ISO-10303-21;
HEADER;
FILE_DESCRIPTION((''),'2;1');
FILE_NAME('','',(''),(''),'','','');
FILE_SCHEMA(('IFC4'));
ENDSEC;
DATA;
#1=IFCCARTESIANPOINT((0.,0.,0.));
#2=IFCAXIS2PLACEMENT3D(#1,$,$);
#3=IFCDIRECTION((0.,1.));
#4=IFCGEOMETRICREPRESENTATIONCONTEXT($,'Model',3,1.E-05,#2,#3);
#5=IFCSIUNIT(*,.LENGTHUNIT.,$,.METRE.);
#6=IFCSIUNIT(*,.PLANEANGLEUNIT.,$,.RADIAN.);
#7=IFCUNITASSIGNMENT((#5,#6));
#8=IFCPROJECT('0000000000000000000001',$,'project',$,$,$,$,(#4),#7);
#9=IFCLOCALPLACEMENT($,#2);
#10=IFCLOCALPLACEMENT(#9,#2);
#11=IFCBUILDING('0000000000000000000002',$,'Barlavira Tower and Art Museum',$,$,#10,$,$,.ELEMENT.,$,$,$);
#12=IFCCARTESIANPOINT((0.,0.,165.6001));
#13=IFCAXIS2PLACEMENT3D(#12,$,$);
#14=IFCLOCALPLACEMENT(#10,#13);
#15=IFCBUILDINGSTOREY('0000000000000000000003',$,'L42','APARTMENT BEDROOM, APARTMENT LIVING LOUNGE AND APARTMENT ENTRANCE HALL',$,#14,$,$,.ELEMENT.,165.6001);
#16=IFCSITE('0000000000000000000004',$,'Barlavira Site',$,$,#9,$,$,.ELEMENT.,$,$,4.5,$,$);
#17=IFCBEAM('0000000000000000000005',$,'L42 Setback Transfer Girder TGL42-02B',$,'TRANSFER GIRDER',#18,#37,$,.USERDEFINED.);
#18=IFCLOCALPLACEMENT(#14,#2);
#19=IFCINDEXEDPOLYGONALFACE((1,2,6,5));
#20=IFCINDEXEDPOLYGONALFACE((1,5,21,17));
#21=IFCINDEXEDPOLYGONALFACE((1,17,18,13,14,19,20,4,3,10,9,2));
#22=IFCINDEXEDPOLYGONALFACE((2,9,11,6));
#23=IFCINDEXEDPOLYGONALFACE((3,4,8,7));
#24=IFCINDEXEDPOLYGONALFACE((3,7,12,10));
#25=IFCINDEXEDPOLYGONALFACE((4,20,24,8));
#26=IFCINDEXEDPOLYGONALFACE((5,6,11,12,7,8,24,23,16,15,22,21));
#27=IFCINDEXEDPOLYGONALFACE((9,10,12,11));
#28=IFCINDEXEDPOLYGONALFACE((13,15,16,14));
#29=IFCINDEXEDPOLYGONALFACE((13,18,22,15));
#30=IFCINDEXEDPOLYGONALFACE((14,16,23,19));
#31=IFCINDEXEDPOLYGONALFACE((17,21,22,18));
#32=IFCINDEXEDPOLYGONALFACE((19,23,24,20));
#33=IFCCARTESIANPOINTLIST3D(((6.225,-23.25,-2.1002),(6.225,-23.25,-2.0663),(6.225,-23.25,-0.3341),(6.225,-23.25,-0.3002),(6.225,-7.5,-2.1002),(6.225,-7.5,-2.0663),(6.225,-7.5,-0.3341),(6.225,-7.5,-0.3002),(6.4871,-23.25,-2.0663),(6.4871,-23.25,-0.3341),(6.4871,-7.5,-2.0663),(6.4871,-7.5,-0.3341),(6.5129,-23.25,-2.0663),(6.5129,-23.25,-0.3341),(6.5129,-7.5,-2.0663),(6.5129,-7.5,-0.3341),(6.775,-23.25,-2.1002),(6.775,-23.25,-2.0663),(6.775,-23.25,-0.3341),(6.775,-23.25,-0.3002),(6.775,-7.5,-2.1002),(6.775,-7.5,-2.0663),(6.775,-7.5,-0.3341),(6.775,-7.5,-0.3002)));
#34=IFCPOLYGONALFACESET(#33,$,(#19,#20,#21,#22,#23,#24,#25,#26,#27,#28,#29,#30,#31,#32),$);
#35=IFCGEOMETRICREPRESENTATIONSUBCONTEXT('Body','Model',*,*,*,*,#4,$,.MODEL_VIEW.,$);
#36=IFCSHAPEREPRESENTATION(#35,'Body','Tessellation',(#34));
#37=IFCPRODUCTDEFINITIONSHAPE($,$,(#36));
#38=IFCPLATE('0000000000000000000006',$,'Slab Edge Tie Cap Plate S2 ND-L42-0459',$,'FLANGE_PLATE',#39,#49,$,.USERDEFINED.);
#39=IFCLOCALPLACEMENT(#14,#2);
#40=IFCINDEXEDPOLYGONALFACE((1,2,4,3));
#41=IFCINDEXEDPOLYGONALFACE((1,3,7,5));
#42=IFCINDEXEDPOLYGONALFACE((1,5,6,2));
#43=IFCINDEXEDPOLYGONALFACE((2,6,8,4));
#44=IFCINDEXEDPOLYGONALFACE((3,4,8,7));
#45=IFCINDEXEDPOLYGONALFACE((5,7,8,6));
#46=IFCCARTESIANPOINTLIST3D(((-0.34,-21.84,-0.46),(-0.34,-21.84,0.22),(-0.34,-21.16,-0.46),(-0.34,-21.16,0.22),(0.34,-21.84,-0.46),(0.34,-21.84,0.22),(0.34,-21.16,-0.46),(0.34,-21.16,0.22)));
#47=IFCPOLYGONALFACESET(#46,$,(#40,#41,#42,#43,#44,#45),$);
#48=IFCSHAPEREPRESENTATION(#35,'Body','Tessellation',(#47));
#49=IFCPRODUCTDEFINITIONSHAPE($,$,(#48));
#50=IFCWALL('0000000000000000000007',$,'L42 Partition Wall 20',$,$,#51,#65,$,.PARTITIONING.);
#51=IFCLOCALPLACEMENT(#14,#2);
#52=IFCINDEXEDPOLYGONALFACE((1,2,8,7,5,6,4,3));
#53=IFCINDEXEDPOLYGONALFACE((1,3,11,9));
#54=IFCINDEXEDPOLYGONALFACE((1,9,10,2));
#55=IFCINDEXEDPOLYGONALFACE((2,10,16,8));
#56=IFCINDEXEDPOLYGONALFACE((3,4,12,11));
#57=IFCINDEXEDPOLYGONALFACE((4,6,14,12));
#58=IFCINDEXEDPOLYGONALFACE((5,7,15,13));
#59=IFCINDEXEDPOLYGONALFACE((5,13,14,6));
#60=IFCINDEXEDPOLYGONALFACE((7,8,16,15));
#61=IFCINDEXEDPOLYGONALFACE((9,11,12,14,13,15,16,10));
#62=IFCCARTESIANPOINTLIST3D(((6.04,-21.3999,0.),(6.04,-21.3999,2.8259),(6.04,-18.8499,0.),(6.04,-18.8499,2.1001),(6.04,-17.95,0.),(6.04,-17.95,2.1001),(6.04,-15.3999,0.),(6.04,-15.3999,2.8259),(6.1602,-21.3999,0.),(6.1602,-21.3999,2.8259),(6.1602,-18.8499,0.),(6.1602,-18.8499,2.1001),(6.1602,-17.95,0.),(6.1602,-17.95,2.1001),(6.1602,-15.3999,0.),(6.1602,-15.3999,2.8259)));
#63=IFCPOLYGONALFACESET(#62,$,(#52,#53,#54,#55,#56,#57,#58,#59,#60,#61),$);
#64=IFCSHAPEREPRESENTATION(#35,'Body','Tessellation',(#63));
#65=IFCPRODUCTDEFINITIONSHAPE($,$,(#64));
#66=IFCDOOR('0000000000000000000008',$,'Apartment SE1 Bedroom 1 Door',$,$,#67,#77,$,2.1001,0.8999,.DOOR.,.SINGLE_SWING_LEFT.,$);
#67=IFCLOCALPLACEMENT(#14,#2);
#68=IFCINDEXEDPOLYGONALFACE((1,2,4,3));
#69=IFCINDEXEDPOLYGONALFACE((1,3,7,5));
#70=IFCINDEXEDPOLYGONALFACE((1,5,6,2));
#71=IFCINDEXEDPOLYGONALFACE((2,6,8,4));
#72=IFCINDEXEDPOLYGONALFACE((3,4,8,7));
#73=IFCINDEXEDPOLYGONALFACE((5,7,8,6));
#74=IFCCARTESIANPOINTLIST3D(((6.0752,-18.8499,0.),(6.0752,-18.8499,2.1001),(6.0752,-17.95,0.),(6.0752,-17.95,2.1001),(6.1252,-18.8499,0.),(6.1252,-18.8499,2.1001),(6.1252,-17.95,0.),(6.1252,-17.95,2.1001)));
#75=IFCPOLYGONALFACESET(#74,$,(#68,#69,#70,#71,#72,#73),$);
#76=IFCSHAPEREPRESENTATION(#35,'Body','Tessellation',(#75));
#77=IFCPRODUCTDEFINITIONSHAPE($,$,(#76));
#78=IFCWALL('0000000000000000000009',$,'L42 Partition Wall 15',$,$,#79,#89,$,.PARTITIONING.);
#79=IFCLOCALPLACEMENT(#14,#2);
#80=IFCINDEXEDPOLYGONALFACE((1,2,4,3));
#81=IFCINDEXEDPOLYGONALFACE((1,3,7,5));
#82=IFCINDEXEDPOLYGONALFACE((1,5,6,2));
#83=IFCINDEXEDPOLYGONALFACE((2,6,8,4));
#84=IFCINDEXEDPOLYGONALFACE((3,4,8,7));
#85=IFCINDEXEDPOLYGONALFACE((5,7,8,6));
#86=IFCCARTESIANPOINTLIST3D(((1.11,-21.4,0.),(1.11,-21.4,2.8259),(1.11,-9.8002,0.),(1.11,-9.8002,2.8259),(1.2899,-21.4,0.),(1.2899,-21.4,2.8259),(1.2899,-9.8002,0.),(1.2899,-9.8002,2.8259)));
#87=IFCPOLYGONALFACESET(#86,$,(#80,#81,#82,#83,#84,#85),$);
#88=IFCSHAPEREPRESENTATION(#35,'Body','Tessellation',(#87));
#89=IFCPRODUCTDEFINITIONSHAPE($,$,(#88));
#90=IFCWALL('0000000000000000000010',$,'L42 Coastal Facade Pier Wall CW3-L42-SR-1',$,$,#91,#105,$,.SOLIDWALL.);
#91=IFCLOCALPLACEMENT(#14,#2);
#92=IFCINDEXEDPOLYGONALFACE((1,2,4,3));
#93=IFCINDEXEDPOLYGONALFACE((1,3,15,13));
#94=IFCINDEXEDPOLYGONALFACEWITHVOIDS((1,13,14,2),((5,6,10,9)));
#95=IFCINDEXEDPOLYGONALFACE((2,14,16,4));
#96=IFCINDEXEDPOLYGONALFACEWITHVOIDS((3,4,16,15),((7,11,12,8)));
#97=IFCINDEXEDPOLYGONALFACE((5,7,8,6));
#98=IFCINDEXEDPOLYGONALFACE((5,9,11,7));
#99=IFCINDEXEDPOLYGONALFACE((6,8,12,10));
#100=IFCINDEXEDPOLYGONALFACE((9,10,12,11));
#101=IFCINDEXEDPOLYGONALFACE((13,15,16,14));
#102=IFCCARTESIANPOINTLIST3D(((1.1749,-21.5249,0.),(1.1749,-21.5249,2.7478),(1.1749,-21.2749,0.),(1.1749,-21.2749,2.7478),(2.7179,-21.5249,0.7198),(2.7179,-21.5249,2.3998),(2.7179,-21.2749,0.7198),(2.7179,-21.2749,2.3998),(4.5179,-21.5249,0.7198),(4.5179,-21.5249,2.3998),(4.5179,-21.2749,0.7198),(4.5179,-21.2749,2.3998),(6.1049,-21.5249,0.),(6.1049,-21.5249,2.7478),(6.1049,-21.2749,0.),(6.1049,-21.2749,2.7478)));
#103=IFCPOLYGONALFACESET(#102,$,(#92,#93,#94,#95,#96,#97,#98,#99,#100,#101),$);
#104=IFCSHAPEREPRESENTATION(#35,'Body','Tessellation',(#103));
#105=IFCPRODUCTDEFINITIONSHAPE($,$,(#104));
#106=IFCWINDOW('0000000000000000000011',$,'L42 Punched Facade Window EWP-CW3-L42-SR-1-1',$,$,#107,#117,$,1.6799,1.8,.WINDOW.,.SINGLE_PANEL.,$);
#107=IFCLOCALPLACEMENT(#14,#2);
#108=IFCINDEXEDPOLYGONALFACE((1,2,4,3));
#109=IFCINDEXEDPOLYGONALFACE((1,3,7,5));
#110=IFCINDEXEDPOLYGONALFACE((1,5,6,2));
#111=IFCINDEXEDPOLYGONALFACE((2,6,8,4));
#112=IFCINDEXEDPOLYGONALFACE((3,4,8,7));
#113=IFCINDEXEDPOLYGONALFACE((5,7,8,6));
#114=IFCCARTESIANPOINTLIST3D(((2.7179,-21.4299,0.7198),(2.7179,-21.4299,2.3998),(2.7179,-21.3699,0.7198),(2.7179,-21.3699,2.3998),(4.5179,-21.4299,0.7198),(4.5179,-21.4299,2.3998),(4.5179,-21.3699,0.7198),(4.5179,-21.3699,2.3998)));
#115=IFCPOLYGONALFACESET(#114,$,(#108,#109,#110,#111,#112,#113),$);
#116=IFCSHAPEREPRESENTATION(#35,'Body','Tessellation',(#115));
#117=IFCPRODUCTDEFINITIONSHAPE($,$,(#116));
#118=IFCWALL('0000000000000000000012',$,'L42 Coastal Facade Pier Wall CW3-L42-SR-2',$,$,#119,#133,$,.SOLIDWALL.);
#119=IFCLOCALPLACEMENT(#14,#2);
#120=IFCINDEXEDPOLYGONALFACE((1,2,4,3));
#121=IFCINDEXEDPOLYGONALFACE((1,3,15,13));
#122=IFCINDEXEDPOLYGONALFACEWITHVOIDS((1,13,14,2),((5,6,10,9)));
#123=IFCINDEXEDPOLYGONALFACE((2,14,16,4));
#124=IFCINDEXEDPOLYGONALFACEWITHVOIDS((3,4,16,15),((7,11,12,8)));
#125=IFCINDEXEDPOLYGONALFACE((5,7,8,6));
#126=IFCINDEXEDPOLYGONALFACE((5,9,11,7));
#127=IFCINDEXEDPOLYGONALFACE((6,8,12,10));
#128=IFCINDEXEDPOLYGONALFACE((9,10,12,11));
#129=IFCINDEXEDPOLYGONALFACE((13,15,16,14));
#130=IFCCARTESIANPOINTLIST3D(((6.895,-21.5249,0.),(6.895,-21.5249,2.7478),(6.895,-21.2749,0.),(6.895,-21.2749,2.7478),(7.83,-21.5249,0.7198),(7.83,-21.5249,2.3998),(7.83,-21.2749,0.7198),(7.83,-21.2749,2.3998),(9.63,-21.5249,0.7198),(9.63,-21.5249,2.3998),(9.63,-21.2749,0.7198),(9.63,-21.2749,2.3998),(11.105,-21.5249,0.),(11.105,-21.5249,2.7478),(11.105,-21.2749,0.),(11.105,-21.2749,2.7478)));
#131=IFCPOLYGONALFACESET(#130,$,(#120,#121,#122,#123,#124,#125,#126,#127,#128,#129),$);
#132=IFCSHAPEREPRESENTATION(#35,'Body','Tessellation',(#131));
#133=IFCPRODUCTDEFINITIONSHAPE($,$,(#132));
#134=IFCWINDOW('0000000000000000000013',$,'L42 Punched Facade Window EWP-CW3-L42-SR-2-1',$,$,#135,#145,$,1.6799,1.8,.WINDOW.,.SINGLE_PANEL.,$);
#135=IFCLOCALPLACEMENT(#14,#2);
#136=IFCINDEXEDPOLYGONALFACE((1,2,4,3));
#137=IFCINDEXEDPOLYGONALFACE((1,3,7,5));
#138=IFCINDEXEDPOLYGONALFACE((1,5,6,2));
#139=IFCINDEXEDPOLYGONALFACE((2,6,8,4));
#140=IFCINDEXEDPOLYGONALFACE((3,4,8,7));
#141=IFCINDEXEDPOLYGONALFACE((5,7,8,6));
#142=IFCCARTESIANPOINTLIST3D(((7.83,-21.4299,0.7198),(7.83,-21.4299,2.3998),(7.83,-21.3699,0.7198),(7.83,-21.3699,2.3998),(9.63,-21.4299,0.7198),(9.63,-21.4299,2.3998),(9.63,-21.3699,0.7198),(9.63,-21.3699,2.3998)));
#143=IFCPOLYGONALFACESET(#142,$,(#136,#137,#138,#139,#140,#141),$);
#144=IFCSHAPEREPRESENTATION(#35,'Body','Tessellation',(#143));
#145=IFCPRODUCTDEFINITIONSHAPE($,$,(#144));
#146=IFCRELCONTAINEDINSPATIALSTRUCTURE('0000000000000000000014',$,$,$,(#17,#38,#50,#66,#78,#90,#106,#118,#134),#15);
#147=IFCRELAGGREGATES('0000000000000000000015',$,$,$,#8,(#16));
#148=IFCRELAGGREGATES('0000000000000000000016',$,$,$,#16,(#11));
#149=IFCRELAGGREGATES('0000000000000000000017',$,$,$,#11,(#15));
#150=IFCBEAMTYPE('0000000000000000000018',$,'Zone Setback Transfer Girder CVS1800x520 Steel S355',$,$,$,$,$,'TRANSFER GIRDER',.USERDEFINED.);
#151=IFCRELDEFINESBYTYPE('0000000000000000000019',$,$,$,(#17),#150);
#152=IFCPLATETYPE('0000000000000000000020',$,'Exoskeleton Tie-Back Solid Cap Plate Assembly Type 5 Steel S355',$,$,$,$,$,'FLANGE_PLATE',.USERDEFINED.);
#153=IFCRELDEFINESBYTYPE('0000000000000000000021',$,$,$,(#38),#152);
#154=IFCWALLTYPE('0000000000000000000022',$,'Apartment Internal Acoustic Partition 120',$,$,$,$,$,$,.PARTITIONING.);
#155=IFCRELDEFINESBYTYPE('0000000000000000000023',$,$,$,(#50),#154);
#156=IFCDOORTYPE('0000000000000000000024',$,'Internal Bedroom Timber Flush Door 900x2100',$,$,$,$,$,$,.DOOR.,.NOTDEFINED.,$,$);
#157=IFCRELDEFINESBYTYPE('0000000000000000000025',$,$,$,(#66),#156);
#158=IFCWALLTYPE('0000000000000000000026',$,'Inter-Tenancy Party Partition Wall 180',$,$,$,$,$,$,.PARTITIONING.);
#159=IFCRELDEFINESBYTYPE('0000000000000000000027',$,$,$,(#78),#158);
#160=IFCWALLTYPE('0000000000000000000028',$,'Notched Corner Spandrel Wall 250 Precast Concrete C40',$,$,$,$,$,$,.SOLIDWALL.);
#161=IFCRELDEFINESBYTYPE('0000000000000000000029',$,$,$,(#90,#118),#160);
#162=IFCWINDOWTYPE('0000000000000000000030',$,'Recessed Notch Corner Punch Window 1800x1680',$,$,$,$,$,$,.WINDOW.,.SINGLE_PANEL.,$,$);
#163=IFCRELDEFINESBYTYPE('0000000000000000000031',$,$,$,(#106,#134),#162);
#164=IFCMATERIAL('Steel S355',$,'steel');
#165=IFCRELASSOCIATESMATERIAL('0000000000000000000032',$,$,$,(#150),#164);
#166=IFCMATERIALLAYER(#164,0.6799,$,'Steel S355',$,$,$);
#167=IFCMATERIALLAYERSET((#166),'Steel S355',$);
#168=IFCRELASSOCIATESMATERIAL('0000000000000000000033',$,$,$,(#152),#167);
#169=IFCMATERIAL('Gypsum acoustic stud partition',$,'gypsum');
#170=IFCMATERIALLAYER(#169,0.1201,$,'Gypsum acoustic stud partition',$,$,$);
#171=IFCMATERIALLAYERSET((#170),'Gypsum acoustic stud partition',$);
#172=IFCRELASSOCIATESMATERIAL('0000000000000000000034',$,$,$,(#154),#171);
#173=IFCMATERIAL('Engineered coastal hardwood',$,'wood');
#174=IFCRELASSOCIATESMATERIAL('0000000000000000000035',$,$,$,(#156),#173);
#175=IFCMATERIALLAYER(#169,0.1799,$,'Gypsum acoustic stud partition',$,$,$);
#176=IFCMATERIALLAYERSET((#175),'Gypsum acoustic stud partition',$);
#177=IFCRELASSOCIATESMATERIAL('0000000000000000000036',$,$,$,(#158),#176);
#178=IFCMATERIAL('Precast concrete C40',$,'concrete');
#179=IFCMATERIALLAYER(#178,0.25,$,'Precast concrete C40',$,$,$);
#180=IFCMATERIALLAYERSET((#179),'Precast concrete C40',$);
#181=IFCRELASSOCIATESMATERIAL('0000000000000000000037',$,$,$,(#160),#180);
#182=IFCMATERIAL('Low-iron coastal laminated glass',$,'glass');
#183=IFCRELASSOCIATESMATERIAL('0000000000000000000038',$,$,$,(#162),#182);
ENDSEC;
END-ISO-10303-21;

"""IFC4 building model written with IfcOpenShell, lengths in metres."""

from ifc_helpers import new_model, si_unit, direction, frame, frame_2d, origin, origin_2d, place, context, subcontext, project, spatial, rectangle, i_section, extrude, material, layer, layer_set, material_profile, profile_set, type_object, element, fill, save


model = new_model("IFC4")

# Units and contexts
model_context = context("Model", 3, precision=1e-05, world=origin(), true_north=direction((0.0, 1.0)))
body_context = subcontext(model_context, "Body", "Model", "MODEL_VIEW")
ifc_project = project(units=[si_unit("LENGTHUNIT", "METRE"), si_unit("PLANEANGLEUNIT", "RADIAN")], contexts=[model_context])

# Site, building, storey
site_placement = place(None, origin())
site = spatial("IfcSite", under=ifc_project, at=site_placement, Name="Barlavira Site", CompositionType="ELEMENT", RefElevation=4.5)
building_placement = place(site_placement, origin())
building = spatial("IfcBuilding", under=site, at=building_placement, Name="Barlavira Tower and Art Museum", CompositionType="ELEMENT")
storey_placement = place(building_placement, frame((0.0, 0.0, 165.6001)))
storey = spatial("IfcBuildingStorey", under=building, at=storey_placement, Name="L42", Description="APARTMENT BEDROOM, APARTMENT LIVING LOUNGE AND APARTMENT ENTRANCE HALL", CompositionType="ELEMENT", Elevation=165.6001)

# Shared definitions
ifc_material_1 = material(Name="Steel S355", Category="steel")

# Beam
ifc_material_profile_1 = material_profile(ifc_material_1, i_section(OverallWidth=0.55, OverallDepth=1.8, WebThickness=0.0259, FlangeThickness=0.0339, at=origin_2d()), Name="CVS1800x520")
ifc_profile_set_1 = profile_set([ifc_material_profile_1], Name="Steel S355")
beam_type_1 = type_object("IfcBeamType", Name="Zone Setback Transfer Girder CVS1800x520 Steel S355", ElementType="TRANSFER GIRDER", PredefinedType="USERDEFINED", material=ifc_profile_set_1)
beam_1_placement = place(storey_placement, frame((6.5, -23.25, -1.2002), z_axis=(0.0, 1.0, 0.0), x_axis=(-1.0, 0.0, 0.0)))
element("IfcBeam", 1, at=beam_1_placement, inside=storey, type_object=beam_type_1, Name="L42 Setback Transfer Girder TGL42-02B", ObjectType="TRANSFER GIRDER", PredefinedType="USERDEFINED", context=body_context, shape_type="SweptSolid", body=[
    extrude(i_section(OverallWidth=0.55, OverallDepth=1.8, WebThickness=0.0259, FlangeThickness=0.0339, at=origin_2d()), origin(), (0.0, 0.0, 1.0), 15.75),
])

# Plate
ifc_layer_1 = layer(ifc_material_1, 0.6799, Name="Steel S355")
ifc_layer_set_1 = layer_set([ifc_layer_1], Name="Steel S355")
plate_type = type_object("IfcPlateType", Name="Exoskeleton Tie-Back Solid Cap Plate Assembly Type 5 Steel S355", ElementType="FLANGE_PLATE", PredefinedType="USERDEFINED", material=ifc_layer_set_1)
plate_placement = place(storey_placement, frame((0.0, -21.5, -0.46), z_axis=(0.0, 0.0, 1.0), x_axis=(1.0, 0.0, 0.0)))
element("IfcPlate", 2, at=plate_placement, inside=storey, type_object=plate_type, Name="Slab Edge Tie Cap Plate S2 ND-L42-0459", ObjectType="FLANGE_PLATE", PredefinedType="USERDEFINED", context=body_context, shape_type="SweptSolid", body=[
    extrude(rectangle(XDim=0.6799, YDim=0.6799, at=origin_2d()), origin(), (0.0, 0.0, 1.0), 0.6799),
])

# Wall, opening, door
ifc_material_2 = material(Name="Gypsum acoustic stud partition", Category="gypsum")
ifc_layer_2 = layer(ifc_material_2, 0.1201, Name="Gypsum acoustic stud partition")
ifc_layer_set_2 = layer_set([ifc_layer_2], Name="Gypsum acoustic stud partition")
wall_type_1 = type_object("IfcWallType", Name="Apartment Internal Acoustic Partition 120", PredefinedType="PARTITIONING", material=ifc_layer_set_2)
wall_1_placement = place(storey_placement, frame((6.1001, -21.3999, 0.0), z_axis=(0.0, 0.0, 1.0), x_axis=(0.0, 1.0, 0.0)))
wall_1 = element("IfcWall", 3, at=wall_1_placement, inside=storey, type_object=wall_type_1, Name="L42 Partition Wall 20", PredefinedType="PARTITIONING", context=body_context, shape_type="SweptSolid", body=[
    extrude(rectangle(XDim=6.0, YDim=0.1201, at=frame_2d((3.0, 0.0))), origin(), (0.0, 0.0, 1.0), 2.8259),
])
opening_1_placement = place(wall_1_placement, frame((2.55, 0.0, 0.0)))
opening_1 = element("IfcOpeningElement", 4, at=opening_1_placement, cuts=wall_1, PredefinedType="OPENING", context=body_context, shape_type="SweptSolid", body=[
    extrude(rectangle(XDim=0.8999, YDim=2.1001, at=frame_2d((0.45, 1.05))), frame((0.0, 0.0701, 0.0), z_axis=(0.0, -1.0, 0.0), x_axis=(1.0, 0.0, 0.0)), (0.0, 0.0, 1.0), 0.1401),
])
ifc_material_3 = material(Name="Engineered coastal hardwood", Category="wood")
door_type_1 = type_object("IfcDoorType", Name="Internal Bedroom Timber Flush Door 900x2100", OperationType="NOTDEFINED", PredefinedType="DOOR", material=ifc_material_3)
door_1_placement = place(opening_1_placement, origin())
door_1 = element("IfcDoor", 5, at=door_1_placement, inside=storey, type_object=door_type_1, Name="Apartment SE1 Bedroom 1 Door", OperationType="SINGLE_SWING_LEFT", OverallHeight=2.1001, OverallWidth=0.8999, PredefinedType="DOOR", context=body_context, shape_type="SweptSolid", body=[
    extrude(rectangle(XDim=0.8999, YDim=2.1001, at=frame_2d((0.45, 1.05))), frame((0.0, 0.0249, 0.0), z_axis=(0.0, -1.0, 0.0), x_axis=(1.0, 0.0, 0.0)), (0.0, 0.0, 1.0), 0.05),
])
fill(opening_1, door_1)

# Wall
ifc_layer_3 = layer(ifc_material_2, 0.1799, Name="Gypsum acoustic stud partition")
ifc_layer_set_3 = layer_set([ifc_layer_3], Name="Gypsum acoustic stud partition")
wall_type_2 = type_object("IfcWallType", Name="Inter-Tenancy Party Partition Wall 180", PredefinedType="PARTITIONING", material=ifc_layer_set_3)
wall_2_placement = place(storey_placement, frame((1.2, -21.3999, 0.0), z_axis=(0.0, 0.0, 1.0), x_axis=(0.0, 1.0, 0.0)))
element("IfcWall", 6, at=wall_2_placement, inside=storey, type_object=wall_type_2, Name="L42 Partition Wall 15", PredefinedType="PARTITIONING", context=body_context, shape_type="SweptSolid", body=[
    extrude(rectangle(XDim=11.5999, YDim=0.1799, at=frame_2d((5.7998, 0.0))), origin(), (0.0, 0.0, 1.0), 2.8259),
])

# Walls, openings, windows
ifc_material_4 = material(Name="Precast concrete C40", Category="concrete")
ifc_layer_4 = layer(ifc_material_4, 0.25, Name="Precast concrete C40")
ifc_layer_set_4 = layer_set([ifc_layer_4], Name="Precast concrete C40")
wall_type_3 = type_object("IfcWallType", Name="Notched Corner Spandrel Wall 250 Precast Concrete C40", PredefinedType="SOLIDWALL", material=ifc_layer_set_4)
wall_3_placement = place(storey_placement, frame((1.175, -21.3999, 0.0), z_axis=(0.0, 0.0, 1.0), x_axis=(1.0, 0.0, 0.0)))
wall_3 = element("IfcWall", 7, at=wall_3_placement, inside=storey, type_object=wall_type_3, Name="L42 Coastal Facade Pier Wall CW3-L42-SR-1", PredefinedType="SOLIDWALL", context=body_context, shape_type="SweptSolid", body=[
    extrude(rectangle(XDim=4.9299, YDim=0.25, at=frame_2d((2.4648, 0.0))), origin(), (0.0, 0.0, 1.0), 2.7478),
])
opening_2_placement = place(wall_3_placement, frame((1.543, 0.0, 0.72)))
opening_2 = element("IfcOpeningElement", 8, at=opening_2_placement, cuts=wall_3, PredefinedType="OPENING", context=body_context, shape_type="SweptSolid", body=[
    extrude(rectangle(XDim=1.8, YDim=1.6799, at=frame_2d((0.8999, 0.8398))), frame((0.0, 0.135, 0.0), z_axis=(0.0, -1.0, 0.0), x_axis=(1.0, 0.0, 0.0)), (0.0, 0.0, 1.0), 0.27),
])
ifc_material_5 = material(Name="Low-iron coastal laminated glass", Category="glass")
window_type = type_object("IfcWindowType", Name="Recessed Notch Corner Punch Window 1800x1680", PartitioningType="SINGLE_PANEL", PredefinedType="WINDOW", material=ifc_material_5)
window_1_placement = place(opening_2_placement, origin())
window_1 = element("IfcWindow", 9, at=window_1_placement, inside=storey, type_object=window_type, Name="L42 Punched Facade Window EWP-CW3-L42-SR-1-1", OverallHeight=1.6799, OverallWidth=1.8, PartitioningType="SINGLE_PANEL", PredefinedType="WINDOW", context=body_context, shape_type="SweptSolid", body=[
    extrude(rectangle(XDim=1.8, YDim=1.6799, at=frame_2d((0.8999, 0.8398))), frame((0.0, 0.03, 0.0), z_axis=(0.0, -1.0, 0.0), x_axis=(1.0, 0.0, 0.0)), (0.0, 0.0, 1.0), 0.0601),
])
fill(opening_2, window_1)
wall_4_placement = place(storey_placement, frame((6.895, -21.3999, 0.0), z_axis=(0.0, 0.0, 1.0), x_axis=(1.0, 0.0, 0.0)))
wall_4 = element("IfcWall", 10, at=wall_4_placement, inside=storey, type_object=wall_type_3, Name="L42 Coastal Facade Pier Wall CW3-L42-SR-2", PredefinedType="SOLIDWALL", context=body_context, shape_type="SweptSolid", body=[
    extrude(rectangle(XDim=4.21, YDim=0.25, at=frame_2d((2.105, 0.0))), origin(), (0.0, 0.0, 1.0), 2.7478),
])
opening_3_placement = place(wall_4_placement, frame((0.9351, 0.0, 0.72)))
opening_3 = element("IfcOpeningElement", 11, at=opening_3_placement, cuts=wall_4, PredefinedType="OPENING", context=body_context, shape_type="SweptSolid", body=[
    extrude(rectangle(XDim=1.8, YDim=1.6799, at=frame_2d((0.8999, 0.8398))), frame((0.0, 0.135, 0.0), z_axis=(0.0, -1.0, 0.0), x_axis=(1.0, 0.0, 0.0)), (0.0, 0.0, 1.0), 0.27),
])
window_2_placement = place(opening_3_placement, origin())
window_2 = element("IfcWindow", 12, at=window_2_placement, inside=storey, type_object=window_type, Name="L42 Punched Facade Window EWP-CW3-L42-SR-2-1", OverallHeight=1.6799, OverallWidth=1.8, PartitioningType="SINGLE_PANEL", PredefinedType="WINDOW", context=body_context, shape_type="SweptSolid", body=[
    extrude(rectangle(XDim=1.8, YDim=1.6799, at=frame_2d((0.8999, 0.8398))), frame((0.0, 0.03, 0.0), z_axis=(0.0, -1.0, 0.0), x_axis=(1.0, 0.0, 0.0)), (0.0, 0.0, 1.0), 0.0601),
])
fill(opening_3, window_2)

save(model, "model.ifc")
